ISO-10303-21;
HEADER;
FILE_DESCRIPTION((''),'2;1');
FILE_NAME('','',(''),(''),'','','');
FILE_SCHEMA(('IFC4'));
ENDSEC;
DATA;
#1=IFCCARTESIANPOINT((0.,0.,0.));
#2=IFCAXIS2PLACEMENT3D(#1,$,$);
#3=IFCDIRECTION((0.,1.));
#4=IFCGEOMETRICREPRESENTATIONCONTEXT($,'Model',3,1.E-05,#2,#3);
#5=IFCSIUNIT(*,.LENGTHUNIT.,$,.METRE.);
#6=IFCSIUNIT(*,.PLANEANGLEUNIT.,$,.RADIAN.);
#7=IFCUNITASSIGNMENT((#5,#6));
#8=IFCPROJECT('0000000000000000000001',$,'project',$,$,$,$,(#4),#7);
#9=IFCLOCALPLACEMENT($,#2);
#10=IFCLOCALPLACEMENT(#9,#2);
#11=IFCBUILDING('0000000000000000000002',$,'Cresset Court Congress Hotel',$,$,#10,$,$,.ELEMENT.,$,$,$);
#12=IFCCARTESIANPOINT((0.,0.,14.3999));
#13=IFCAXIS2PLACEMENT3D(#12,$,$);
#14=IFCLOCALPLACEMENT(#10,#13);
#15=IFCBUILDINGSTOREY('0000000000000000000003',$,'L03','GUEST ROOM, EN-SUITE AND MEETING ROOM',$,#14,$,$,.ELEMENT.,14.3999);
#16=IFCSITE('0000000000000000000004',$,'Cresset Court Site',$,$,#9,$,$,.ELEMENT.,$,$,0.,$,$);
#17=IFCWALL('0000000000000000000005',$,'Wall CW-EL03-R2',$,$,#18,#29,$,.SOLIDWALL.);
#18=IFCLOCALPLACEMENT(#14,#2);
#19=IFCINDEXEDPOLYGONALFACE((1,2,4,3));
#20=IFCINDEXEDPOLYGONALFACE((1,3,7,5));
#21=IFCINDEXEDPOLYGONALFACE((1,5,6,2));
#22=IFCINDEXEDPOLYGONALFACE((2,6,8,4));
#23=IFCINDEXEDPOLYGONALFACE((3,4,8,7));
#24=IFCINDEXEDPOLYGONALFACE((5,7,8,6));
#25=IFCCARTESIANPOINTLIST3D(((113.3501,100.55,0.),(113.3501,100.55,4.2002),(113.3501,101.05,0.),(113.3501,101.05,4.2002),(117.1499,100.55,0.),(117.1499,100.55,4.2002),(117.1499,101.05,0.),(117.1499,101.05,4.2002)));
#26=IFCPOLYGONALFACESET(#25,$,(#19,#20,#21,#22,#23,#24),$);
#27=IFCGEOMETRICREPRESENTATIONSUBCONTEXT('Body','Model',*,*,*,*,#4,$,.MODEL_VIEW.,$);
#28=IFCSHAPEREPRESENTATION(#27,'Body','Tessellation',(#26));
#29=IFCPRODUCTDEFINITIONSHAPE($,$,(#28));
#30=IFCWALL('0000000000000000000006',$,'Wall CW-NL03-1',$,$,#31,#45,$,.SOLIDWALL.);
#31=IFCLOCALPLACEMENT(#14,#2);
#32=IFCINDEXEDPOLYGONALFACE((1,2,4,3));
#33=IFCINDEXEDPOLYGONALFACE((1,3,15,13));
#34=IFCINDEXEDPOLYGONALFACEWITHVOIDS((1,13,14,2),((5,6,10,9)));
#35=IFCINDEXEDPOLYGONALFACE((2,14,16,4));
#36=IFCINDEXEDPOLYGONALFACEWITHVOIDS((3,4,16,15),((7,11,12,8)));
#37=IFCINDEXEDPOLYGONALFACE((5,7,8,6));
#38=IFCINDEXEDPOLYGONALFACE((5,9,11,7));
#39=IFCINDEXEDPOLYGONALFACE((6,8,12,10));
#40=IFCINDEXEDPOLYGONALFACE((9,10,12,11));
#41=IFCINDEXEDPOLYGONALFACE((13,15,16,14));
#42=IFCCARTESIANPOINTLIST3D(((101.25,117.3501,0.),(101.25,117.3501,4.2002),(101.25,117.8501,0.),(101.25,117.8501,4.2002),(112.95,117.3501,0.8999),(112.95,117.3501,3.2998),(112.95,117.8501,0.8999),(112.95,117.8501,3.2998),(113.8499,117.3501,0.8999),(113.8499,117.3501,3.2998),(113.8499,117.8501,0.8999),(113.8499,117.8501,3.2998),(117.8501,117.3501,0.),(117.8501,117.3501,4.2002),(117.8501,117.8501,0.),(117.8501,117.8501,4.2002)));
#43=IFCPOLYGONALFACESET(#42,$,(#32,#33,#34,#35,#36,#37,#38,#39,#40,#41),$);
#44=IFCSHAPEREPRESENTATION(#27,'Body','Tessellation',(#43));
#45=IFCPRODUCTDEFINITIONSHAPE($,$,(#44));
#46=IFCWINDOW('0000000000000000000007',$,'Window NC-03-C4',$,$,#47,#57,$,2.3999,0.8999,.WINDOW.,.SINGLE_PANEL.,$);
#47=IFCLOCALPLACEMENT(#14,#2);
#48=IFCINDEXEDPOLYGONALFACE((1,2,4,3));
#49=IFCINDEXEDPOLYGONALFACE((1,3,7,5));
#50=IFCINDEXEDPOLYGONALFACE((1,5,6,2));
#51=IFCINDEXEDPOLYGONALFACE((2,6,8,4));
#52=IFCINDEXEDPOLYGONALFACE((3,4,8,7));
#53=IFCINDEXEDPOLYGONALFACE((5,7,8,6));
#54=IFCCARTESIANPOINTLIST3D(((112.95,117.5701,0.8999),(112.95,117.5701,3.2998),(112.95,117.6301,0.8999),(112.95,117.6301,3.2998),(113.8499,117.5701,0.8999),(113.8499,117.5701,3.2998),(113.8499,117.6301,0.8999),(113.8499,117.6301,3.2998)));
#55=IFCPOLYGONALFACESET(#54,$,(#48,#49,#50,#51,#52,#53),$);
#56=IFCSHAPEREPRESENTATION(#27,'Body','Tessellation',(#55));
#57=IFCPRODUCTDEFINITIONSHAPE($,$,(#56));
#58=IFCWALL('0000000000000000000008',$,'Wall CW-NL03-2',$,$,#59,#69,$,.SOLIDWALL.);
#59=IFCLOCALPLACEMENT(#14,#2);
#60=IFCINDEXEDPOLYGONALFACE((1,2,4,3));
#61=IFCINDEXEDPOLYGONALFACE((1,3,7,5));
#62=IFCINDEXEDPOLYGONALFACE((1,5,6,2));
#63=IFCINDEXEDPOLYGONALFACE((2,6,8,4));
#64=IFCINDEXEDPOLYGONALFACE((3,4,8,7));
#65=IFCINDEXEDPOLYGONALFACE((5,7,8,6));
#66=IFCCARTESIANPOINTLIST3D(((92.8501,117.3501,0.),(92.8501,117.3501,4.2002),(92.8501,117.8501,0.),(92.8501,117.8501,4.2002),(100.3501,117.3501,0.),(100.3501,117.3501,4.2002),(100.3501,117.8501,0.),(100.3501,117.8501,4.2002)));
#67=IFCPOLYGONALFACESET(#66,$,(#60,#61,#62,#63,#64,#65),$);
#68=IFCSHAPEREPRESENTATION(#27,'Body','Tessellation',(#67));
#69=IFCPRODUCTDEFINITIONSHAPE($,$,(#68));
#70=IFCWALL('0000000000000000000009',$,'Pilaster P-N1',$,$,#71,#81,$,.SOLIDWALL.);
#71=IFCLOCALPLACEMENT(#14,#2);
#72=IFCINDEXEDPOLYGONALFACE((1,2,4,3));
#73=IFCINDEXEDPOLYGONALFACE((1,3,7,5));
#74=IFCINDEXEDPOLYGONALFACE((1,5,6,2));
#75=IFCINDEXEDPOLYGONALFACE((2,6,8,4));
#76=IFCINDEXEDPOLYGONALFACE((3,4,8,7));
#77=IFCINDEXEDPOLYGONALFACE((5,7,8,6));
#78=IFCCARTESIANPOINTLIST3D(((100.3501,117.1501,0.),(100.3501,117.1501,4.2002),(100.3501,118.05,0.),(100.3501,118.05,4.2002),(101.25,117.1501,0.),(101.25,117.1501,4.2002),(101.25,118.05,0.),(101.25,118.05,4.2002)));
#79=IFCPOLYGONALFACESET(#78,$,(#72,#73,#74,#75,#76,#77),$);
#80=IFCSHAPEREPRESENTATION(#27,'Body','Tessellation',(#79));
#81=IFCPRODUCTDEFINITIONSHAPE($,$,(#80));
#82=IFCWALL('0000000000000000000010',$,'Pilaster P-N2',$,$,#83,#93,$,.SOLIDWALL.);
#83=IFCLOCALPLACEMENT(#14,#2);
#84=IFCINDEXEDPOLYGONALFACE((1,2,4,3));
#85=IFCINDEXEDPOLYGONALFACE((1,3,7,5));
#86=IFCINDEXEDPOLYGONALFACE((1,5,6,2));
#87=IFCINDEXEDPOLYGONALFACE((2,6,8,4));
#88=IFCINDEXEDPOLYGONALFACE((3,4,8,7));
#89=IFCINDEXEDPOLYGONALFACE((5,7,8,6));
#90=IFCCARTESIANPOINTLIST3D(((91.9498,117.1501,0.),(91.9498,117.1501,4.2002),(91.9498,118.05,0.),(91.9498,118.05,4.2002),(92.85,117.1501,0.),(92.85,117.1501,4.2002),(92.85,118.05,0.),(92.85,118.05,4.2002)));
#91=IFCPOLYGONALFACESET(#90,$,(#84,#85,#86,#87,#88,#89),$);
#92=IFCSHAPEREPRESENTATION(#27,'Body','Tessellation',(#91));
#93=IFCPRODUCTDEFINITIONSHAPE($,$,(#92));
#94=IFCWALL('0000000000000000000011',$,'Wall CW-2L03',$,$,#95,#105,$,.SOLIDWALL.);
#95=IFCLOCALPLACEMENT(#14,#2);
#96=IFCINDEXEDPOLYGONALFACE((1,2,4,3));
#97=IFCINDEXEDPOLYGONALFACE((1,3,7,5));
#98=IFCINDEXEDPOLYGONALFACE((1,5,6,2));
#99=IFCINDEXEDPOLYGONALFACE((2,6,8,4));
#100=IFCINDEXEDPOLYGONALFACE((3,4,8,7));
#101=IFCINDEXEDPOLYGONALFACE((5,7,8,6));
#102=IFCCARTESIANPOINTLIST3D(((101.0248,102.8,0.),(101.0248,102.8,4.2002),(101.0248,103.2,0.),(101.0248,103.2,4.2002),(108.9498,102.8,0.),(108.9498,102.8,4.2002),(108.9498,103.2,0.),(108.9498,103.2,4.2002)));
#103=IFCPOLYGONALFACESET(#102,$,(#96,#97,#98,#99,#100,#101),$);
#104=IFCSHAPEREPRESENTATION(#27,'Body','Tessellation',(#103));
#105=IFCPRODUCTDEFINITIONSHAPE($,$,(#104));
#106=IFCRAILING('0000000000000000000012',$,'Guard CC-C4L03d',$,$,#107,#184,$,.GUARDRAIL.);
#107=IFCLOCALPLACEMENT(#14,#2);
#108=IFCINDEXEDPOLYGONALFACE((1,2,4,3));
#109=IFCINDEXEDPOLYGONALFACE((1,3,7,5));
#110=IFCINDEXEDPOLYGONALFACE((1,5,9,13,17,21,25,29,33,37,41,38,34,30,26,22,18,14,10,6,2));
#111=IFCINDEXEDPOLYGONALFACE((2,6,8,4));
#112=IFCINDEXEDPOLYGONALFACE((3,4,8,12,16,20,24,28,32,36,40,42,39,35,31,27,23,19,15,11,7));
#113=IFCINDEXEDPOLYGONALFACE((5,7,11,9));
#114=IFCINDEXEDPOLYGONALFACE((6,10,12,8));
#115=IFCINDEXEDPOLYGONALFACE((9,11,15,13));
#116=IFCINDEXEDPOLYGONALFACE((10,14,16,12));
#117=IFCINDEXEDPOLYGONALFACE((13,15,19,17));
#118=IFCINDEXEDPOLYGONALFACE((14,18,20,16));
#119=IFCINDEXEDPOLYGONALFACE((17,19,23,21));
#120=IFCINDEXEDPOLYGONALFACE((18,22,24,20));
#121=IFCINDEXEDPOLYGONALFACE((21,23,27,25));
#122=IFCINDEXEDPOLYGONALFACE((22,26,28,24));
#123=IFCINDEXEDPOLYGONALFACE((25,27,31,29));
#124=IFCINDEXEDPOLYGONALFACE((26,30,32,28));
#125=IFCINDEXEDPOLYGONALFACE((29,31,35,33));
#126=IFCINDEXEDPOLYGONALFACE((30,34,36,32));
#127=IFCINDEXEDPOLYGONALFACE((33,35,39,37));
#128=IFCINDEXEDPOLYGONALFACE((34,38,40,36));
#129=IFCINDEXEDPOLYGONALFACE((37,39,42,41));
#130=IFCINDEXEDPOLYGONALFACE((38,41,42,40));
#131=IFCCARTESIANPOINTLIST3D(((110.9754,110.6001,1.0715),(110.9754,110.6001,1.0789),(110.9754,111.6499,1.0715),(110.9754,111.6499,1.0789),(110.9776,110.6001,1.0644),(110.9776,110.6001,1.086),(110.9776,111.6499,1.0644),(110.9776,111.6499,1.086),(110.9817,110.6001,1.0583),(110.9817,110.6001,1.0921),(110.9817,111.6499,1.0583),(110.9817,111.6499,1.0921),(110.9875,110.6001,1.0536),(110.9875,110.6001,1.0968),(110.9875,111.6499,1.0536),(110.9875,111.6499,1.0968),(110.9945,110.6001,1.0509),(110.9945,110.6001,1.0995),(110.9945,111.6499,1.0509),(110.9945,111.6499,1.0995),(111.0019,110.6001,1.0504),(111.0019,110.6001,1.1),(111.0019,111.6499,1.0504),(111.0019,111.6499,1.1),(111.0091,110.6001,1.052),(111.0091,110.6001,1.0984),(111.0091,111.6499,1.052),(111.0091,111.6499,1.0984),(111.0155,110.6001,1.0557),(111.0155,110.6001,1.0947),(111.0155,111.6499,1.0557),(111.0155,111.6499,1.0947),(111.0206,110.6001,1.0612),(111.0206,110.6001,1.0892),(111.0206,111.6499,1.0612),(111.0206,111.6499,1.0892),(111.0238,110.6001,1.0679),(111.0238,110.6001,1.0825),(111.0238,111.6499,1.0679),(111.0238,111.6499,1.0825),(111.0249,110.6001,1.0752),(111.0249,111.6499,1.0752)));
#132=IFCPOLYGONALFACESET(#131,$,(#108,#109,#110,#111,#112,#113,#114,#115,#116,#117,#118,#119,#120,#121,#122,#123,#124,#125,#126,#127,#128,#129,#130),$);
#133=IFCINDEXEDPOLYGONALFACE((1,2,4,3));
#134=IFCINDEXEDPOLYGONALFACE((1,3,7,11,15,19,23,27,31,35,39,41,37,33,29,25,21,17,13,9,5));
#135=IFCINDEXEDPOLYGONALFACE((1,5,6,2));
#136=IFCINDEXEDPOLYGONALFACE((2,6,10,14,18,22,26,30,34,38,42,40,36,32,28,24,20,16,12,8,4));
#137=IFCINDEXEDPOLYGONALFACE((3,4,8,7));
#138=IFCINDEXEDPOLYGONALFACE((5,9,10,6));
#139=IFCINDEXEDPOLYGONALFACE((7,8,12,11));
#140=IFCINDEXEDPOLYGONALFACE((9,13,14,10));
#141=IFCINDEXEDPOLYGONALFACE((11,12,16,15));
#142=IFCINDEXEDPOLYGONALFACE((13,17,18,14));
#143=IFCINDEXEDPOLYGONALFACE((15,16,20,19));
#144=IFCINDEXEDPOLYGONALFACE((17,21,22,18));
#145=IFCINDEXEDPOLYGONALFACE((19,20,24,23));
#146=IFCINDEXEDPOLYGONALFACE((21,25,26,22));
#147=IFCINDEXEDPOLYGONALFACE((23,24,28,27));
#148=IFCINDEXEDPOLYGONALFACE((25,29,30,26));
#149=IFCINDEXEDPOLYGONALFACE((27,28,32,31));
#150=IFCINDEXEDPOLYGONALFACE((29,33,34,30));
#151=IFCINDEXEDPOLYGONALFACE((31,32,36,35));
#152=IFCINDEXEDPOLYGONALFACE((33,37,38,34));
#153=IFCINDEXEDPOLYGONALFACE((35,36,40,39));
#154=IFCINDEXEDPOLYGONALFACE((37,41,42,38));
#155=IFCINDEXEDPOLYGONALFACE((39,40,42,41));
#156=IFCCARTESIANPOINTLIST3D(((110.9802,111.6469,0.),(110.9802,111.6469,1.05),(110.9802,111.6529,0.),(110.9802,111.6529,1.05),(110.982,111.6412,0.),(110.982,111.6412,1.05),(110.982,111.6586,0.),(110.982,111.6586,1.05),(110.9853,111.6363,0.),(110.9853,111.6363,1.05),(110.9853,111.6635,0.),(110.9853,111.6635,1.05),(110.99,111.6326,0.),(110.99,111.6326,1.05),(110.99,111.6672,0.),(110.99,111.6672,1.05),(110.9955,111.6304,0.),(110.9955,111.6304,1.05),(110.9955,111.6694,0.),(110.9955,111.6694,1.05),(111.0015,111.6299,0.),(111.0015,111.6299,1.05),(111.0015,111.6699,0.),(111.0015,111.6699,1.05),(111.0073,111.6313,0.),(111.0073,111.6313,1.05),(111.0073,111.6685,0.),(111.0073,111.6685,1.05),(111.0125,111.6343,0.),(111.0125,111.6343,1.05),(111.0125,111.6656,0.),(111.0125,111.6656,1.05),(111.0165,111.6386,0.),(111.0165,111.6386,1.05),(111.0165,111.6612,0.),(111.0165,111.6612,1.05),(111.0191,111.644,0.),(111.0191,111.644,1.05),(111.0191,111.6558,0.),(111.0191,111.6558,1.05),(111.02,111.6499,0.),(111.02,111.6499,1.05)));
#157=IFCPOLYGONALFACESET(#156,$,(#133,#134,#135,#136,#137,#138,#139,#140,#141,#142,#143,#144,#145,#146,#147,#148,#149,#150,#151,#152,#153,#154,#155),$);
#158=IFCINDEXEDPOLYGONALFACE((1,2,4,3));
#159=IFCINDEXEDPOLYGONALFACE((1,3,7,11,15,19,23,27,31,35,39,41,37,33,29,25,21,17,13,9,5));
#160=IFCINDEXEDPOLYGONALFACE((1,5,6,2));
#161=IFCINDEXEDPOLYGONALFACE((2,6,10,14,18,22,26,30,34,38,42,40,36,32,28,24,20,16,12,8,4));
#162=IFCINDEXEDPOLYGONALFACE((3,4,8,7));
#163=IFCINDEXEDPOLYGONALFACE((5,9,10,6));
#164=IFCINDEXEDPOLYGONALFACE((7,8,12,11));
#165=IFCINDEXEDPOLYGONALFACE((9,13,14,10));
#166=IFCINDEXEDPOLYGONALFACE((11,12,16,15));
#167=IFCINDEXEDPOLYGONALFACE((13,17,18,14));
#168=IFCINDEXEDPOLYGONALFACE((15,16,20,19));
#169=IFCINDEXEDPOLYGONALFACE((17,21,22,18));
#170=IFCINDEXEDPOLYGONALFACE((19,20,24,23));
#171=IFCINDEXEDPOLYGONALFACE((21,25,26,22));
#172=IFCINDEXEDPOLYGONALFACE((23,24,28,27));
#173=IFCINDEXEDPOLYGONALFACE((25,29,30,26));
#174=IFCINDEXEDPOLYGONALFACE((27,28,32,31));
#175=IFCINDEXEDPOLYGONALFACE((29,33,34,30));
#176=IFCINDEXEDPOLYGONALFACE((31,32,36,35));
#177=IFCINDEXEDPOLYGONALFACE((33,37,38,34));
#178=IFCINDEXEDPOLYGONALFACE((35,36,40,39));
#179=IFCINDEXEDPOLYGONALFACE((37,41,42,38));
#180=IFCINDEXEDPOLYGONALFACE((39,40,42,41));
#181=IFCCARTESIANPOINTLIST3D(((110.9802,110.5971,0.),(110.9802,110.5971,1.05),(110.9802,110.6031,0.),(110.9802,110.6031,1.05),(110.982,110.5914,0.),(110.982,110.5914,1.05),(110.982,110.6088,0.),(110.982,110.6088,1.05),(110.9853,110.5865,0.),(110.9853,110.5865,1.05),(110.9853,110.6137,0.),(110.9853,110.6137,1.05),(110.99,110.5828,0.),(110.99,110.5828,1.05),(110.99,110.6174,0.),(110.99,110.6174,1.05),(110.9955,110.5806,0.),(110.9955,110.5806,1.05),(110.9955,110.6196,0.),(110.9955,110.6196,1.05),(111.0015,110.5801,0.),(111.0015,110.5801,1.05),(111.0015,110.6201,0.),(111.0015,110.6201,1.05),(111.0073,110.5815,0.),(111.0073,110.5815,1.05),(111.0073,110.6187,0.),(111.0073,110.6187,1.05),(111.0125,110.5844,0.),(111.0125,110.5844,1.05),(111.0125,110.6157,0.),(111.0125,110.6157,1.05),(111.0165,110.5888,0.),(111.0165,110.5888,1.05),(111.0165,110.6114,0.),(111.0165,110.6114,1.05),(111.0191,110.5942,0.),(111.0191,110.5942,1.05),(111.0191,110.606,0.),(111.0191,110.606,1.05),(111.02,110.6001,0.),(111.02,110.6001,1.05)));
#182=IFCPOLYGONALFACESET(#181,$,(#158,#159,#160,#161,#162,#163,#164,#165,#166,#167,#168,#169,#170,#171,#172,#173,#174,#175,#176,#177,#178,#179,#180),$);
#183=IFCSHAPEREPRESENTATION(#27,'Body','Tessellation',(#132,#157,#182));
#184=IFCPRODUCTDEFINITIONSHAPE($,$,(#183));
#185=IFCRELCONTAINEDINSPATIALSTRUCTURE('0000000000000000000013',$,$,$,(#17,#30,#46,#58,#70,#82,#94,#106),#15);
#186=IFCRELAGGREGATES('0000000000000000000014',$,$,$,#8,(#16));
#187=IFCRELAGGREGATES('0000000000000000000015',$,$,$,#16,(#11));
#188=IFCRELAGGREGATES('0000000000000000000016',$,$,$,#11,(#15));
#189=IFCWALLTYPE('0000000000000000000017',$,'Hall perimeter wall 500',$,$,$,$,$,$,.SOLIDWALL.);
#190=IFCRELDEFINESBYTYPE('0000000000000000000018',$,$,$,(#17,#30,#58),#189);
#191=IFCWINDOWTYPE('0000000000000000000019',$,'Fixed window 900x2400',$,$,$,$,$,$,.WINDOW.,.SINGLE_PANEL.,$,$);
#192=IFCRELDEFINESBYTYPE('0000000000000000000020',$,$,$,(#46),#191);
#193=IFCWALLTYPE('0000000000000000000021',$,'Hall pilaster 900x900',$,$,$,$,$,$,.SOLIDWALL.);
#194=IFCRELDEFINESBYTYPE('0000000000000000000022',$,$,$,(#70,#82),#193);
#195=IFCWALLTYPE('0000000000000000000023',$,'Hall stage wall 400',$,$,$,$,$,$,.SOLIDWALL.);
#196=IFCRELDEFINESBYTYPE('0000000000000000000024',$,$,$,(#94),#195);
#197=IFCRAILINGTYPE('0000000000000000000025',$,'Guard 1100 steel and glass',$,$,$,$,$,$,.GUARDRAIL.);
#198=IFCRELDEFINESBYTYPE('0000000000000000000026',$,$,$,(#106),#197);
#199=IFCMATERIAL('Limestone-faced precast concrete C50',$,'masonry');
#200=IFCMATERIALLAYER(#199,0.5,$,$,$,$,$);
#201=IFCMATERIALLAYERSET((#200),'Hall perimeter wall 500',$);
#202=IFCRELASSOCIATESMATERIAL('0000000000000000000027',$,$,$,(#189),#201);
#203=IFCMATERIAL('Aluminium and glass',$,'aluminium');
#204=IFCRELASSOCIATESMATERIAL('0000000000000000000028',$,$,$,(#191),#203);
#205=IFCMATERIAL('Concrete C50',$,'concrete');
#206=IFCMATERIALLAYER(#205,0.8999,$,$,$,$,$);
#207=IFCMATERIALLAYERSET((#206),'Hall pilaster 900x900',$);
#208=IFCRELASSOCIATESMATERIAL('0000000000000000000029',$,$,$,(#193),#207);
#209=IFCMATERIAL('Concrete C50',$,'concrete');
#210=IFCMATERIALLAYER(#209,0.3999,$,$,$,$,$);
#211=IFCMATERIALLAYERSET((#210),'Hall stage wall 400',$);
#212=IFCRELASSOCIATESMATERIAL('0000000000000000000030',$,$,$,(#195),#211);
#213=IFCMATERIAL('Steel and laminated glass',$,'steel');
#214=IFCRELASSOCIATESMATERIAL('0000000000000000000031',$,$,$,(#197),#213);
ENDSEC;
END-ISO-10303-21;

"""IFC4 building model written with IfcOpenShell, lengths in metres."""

from ifc_helpers import new_model, si_unit, direction, frame, frame_2d, origin, origin_2d, place, context, subcontext, project, spatial, rectangle, circle, extrude, material, layer, layer_set, type_object, element, fill, save


model = new_model("IFC4")

# Units and contexts
model_context = context("Model", 3, precision=1e-05, world=origin(), true_north=direction((0.0, 1.0)))
body_context = subcontext(model_context, "Body", "Model", "MODEL_VIEW")
ifc_project = project(units=[si_unit("LENGTHUNIT", "METRE"), si_unit("PLANEANGLEUNIT", "RADIAN")], contexts=[model_context])

# Site, building, storey
site_placement = place(None, origin())
site = spatial("IfcSite", under=ifc_project, at=site_placement, Name="Cresset Court Site", CompositionType="ELEMENT", RefElevation=0.0)
building_placement = place(site_placement, origin())
building = spatial("IfcBuilding", under=site, at=building_placement, Name="Cresset Court Congress Hotel", CompositionType="ELEMENT")
storey_placement = place(building_placement, frame((0.0, 0.0, 14.3999)))
storey = spatial("IfcBuildingStorey", under=building, at=storey_placement, Name="L03", Description="GUEST ROOM, EN-SUITE AND MEETING ROOM", CompositionType="ELEMENT", Elevation=14.3999)

# Shared definitions
ifc_material_1 = material(Name="Limestone-faced precast concrete C50", Category="masonry")
ifc_layer_1 = layer(ifc_material_1, 0.5)
ifc_layer_set_1 = layer_set([ifc_layer_1], Name="Hall perimeter wall 500")
wall_type_1 = type_object("IfcWallType", Name="Hall perimeter wall 500", PredefinedType="SOLIDWALL", material=ifc_layer_set_1)

# Wall
wall_1_placement = place(storey_placement, frame((113.3501, 100.8, 0.0), z_axis=(0.0, 0.0, 1.0), x_axis=(1.0, 0.0, 0.0)))
element("IfcWall", 1, at=wall_1_placement, inside=storey, type_object=wall_type_1, Name="Wall CW-EL03-R2", PredefinedType="SOLIDWALL", context=body_context, shape_type="SweptSolid", body=[
    extrude(rectangle(XDim=3.7998, YDim=0.5, at=frame_2d((1.8999, 0.0))), origin(), (0.0, 0.0, 1.0), 4.2002),
])

# Wall, opening, window
wall_2_placement = place(storey_placement, frame((101.25, 117.6001, 0.0), z_axis=(0.0, 0.0, 1.0), x_axis=(1.0, 0.0, 0.0)))
wall_2 = element("IfcWall", 2, at=wall_2_placement, inside=storey, type_object=wall_type_1, Name="Wall CW-NL03-1", PredefinedType="SOLIDWALL", context=body_context, shape_type="SweptSolid", body=[
    extrude(rectangle(XDim=16.6001, YDim=0.5, at=frame_2d((8.3, 0.0))), origin(), (0.0, 0.0, 1.0), 4.2002),
])
opening_1_placement = place(wall_2_placement, frame((11.7, 0.0, 0.8999)))
opening_1 = element("IfcOpeningElement", 3, at=opening_1_placement, cuts=wall_2, PredefinedType="OPENING", context=body_context, shape_type="SweptSolid", body=[
    extrude(rectangle(XDim=0.8999, YDim=2.3999, at=frame_2d((0.45, 1.2))), frame((0.0, 0.26, 0.0), z_axis=(0.0, -1.0, 0.0), x_axis=(1.0, 0.0, 0.0)), (0.0, 0.0, 1.0), 0.52),
])
ifc_material_2 = material(Name="Aluminium and glass", Category="aluminium")
window_type_1 = type_object("IfcWindowType", Name="Fixed window 900x2400", PartitioningType="SINGLE_PANEL", PredefinedType="WINDOW", material=ifc_material_2)
window_1_placement = place(opening_1_placement, origin())
window_1 = element("IfcWindow", 4, at=window_1_placement, inside=storey, type_object=window_type_1, Name="Window NC-03-C4", OverallHeight=2.3999, OverallWidth=0.8999, PartitioningType="SINGLE_PANEL", PredefinedType="WINDOW", context=body_context, shape_type="SweptSolid", body=[
    extrude(rectangle(XDim=0.8999, YDim=2.3999, at=frame_2d((0.45, 1.2))), frame((0.0, 0.03, 0.0), z_axis=(0.0, -1.0, 0.0), x_axis=(1.0, 0.0, 0.0)), (0.0, 0.0, 1.0), 0.0601),
])
fill(opening_1, window_1)

# Walls
wall_3_placement = place(storey_placement, frame((92.8501, 117.6001, 0.0), z_axis=(0.0, 0.0, 1.0), x_axis=(1.0, 0.0, 0.0)))
element("IfcWall", 5, at=wall_3_placement, inside=storey, type_object=wall_type_1, Name="Wall CW-NL03-2", PredefinedType="SOLIDWALL", context=body_context, shape_type="SweptSolid", body=[
    extrude(rectangle(XDim=7.5, YDim=0.5, at=frame_2d((3.75, 0.0))), origin(), (0.0, 0.0, 1.0), 4.2002),
])
ifc_material_3 = material(Name="Concrete C50", Category="concrete")
ifc_layer_2 = layer(ifc_material_3, 0.8999)
ifc_layer_set_2 = layer_set([ifc_layer_2], Name="Hall pilaster 900x900")
wall_type_2 = type_object("IfcWallType", Name="Hall pilaster 900x900", PredefinedType="SOLIDWALL", material=ifc_layer_set_2)
wall_4_placement = place(storey_placement, frame((101.25, 117.6001, 0.0), z_axis=(0.0, 0.0, 1.0), x_axis=(-1.0, 0.0, 0.0)))
element("IfcWall", 6, at=wall_4_placement, inside=storey, type_object=wall_type_2, Name="Pilaster P-N1", PredefinedType="SOLIDWALL", context=body_context, shape_type="SweptSolid", body=[
    extrude(rectangle(XDim=0.8999, YDim=0.8999, at=frame_2d((0.45, 0.0))), origin(), (0.0, 0.0, 1.0), 4.2002),
])
wall_5_placement = place(storey_placement, frame((92.8501, 117.6001, 0.0), z_axis=(0.0, 0.0, 1.0), x_axis=(-1.0, 0.0, 0.0)))
element("IfcWall", 7, at=wall_5_placement, inside=storey, type_object=wall_type_2, Name="Pilaster P-N2", PredefinedType="SOLIDWALL", context=body_context, shape_type="SweptSolid", body=[
    extrude(rectangle(XDim=0.9001, YDim=0.8999, at=frame_2d((0.4502, 0.0))), origin(), (0.0, 0.0, 1.0), 4.2002),
])
ifc_material_4 = material(Name="Concrete C50", Category="concrete")
ifc_layer_3 = layer(ifc_material_4, 0.3999)
ifc_layer_set_3 = layer_set([ifc_layer_3], Name="Hall stage wall 400")
wall_type_3 = type_object("IfcWallType", Name="Hall stage wall 400", PredefinedType="SOLIDWALL", material=ifc_layer_set_3)
wall_6_placement = place(storey_placement, frame((101.0249, 103.0, 0.0), z_axis=(0.0, 0.0, 1.0), x_axis=(1.0, 0.0, 0.0)))
element("IfcWall", 8, at=wall_6_placement, inside=storey, type_object=wall_type_3, Name="Wall CW-2L03", PredefinedType="SOLIDWALL", context=body_context, shape_type="SweptSolid", body=[
    extrude(rectangle(XDim=7.925, YDim=0.3999, at=frame_2d((3.9624, 0.0))), origin(), (0.0, 0.0, 1.0), 4.2002),
])

# Railing
ifc_material_5 = material(Name="Steel and laminated glass", Category="steel")
railing_type = type_object("IfcRailingType", Name="Guard 1100 steel and glass", PredefinedType="GUARDRAIL", material=ifc_material_5)
railing_1_placement = place(storey_placement, frame((111.0, 111.6499, 0.0)))
element("IfcRailing", 9, at=railing_1_placement, inside=storey, type_object=railing_type, Name="Guard CC-C4L03d", PredefinedType="GUARDRAIL", context=body_context, shape_type="SweptSolid", body=[
    extrude(circle(Radius=0.0249, at=origin_2d()), frame((0.0, 0.0, 1.0752), z_axis=(0.0, -1.0, 0.0), x_axis=(1.0, 0.0, 0.0)), (0.0, 0.0, 1.0), 1.0498),
    extrude(circle(Radius=0.02, at=origin_2d()), origin(), (0.0, 0.0, 1.0), 1.05),
    extrude(circle(Radius=0.02, at=origin_2d()), frame((0.0, -1.0498, 0.0)), (0.0, 0.0, 1.0), 1.05),
])

save(model, "model.ifc")
